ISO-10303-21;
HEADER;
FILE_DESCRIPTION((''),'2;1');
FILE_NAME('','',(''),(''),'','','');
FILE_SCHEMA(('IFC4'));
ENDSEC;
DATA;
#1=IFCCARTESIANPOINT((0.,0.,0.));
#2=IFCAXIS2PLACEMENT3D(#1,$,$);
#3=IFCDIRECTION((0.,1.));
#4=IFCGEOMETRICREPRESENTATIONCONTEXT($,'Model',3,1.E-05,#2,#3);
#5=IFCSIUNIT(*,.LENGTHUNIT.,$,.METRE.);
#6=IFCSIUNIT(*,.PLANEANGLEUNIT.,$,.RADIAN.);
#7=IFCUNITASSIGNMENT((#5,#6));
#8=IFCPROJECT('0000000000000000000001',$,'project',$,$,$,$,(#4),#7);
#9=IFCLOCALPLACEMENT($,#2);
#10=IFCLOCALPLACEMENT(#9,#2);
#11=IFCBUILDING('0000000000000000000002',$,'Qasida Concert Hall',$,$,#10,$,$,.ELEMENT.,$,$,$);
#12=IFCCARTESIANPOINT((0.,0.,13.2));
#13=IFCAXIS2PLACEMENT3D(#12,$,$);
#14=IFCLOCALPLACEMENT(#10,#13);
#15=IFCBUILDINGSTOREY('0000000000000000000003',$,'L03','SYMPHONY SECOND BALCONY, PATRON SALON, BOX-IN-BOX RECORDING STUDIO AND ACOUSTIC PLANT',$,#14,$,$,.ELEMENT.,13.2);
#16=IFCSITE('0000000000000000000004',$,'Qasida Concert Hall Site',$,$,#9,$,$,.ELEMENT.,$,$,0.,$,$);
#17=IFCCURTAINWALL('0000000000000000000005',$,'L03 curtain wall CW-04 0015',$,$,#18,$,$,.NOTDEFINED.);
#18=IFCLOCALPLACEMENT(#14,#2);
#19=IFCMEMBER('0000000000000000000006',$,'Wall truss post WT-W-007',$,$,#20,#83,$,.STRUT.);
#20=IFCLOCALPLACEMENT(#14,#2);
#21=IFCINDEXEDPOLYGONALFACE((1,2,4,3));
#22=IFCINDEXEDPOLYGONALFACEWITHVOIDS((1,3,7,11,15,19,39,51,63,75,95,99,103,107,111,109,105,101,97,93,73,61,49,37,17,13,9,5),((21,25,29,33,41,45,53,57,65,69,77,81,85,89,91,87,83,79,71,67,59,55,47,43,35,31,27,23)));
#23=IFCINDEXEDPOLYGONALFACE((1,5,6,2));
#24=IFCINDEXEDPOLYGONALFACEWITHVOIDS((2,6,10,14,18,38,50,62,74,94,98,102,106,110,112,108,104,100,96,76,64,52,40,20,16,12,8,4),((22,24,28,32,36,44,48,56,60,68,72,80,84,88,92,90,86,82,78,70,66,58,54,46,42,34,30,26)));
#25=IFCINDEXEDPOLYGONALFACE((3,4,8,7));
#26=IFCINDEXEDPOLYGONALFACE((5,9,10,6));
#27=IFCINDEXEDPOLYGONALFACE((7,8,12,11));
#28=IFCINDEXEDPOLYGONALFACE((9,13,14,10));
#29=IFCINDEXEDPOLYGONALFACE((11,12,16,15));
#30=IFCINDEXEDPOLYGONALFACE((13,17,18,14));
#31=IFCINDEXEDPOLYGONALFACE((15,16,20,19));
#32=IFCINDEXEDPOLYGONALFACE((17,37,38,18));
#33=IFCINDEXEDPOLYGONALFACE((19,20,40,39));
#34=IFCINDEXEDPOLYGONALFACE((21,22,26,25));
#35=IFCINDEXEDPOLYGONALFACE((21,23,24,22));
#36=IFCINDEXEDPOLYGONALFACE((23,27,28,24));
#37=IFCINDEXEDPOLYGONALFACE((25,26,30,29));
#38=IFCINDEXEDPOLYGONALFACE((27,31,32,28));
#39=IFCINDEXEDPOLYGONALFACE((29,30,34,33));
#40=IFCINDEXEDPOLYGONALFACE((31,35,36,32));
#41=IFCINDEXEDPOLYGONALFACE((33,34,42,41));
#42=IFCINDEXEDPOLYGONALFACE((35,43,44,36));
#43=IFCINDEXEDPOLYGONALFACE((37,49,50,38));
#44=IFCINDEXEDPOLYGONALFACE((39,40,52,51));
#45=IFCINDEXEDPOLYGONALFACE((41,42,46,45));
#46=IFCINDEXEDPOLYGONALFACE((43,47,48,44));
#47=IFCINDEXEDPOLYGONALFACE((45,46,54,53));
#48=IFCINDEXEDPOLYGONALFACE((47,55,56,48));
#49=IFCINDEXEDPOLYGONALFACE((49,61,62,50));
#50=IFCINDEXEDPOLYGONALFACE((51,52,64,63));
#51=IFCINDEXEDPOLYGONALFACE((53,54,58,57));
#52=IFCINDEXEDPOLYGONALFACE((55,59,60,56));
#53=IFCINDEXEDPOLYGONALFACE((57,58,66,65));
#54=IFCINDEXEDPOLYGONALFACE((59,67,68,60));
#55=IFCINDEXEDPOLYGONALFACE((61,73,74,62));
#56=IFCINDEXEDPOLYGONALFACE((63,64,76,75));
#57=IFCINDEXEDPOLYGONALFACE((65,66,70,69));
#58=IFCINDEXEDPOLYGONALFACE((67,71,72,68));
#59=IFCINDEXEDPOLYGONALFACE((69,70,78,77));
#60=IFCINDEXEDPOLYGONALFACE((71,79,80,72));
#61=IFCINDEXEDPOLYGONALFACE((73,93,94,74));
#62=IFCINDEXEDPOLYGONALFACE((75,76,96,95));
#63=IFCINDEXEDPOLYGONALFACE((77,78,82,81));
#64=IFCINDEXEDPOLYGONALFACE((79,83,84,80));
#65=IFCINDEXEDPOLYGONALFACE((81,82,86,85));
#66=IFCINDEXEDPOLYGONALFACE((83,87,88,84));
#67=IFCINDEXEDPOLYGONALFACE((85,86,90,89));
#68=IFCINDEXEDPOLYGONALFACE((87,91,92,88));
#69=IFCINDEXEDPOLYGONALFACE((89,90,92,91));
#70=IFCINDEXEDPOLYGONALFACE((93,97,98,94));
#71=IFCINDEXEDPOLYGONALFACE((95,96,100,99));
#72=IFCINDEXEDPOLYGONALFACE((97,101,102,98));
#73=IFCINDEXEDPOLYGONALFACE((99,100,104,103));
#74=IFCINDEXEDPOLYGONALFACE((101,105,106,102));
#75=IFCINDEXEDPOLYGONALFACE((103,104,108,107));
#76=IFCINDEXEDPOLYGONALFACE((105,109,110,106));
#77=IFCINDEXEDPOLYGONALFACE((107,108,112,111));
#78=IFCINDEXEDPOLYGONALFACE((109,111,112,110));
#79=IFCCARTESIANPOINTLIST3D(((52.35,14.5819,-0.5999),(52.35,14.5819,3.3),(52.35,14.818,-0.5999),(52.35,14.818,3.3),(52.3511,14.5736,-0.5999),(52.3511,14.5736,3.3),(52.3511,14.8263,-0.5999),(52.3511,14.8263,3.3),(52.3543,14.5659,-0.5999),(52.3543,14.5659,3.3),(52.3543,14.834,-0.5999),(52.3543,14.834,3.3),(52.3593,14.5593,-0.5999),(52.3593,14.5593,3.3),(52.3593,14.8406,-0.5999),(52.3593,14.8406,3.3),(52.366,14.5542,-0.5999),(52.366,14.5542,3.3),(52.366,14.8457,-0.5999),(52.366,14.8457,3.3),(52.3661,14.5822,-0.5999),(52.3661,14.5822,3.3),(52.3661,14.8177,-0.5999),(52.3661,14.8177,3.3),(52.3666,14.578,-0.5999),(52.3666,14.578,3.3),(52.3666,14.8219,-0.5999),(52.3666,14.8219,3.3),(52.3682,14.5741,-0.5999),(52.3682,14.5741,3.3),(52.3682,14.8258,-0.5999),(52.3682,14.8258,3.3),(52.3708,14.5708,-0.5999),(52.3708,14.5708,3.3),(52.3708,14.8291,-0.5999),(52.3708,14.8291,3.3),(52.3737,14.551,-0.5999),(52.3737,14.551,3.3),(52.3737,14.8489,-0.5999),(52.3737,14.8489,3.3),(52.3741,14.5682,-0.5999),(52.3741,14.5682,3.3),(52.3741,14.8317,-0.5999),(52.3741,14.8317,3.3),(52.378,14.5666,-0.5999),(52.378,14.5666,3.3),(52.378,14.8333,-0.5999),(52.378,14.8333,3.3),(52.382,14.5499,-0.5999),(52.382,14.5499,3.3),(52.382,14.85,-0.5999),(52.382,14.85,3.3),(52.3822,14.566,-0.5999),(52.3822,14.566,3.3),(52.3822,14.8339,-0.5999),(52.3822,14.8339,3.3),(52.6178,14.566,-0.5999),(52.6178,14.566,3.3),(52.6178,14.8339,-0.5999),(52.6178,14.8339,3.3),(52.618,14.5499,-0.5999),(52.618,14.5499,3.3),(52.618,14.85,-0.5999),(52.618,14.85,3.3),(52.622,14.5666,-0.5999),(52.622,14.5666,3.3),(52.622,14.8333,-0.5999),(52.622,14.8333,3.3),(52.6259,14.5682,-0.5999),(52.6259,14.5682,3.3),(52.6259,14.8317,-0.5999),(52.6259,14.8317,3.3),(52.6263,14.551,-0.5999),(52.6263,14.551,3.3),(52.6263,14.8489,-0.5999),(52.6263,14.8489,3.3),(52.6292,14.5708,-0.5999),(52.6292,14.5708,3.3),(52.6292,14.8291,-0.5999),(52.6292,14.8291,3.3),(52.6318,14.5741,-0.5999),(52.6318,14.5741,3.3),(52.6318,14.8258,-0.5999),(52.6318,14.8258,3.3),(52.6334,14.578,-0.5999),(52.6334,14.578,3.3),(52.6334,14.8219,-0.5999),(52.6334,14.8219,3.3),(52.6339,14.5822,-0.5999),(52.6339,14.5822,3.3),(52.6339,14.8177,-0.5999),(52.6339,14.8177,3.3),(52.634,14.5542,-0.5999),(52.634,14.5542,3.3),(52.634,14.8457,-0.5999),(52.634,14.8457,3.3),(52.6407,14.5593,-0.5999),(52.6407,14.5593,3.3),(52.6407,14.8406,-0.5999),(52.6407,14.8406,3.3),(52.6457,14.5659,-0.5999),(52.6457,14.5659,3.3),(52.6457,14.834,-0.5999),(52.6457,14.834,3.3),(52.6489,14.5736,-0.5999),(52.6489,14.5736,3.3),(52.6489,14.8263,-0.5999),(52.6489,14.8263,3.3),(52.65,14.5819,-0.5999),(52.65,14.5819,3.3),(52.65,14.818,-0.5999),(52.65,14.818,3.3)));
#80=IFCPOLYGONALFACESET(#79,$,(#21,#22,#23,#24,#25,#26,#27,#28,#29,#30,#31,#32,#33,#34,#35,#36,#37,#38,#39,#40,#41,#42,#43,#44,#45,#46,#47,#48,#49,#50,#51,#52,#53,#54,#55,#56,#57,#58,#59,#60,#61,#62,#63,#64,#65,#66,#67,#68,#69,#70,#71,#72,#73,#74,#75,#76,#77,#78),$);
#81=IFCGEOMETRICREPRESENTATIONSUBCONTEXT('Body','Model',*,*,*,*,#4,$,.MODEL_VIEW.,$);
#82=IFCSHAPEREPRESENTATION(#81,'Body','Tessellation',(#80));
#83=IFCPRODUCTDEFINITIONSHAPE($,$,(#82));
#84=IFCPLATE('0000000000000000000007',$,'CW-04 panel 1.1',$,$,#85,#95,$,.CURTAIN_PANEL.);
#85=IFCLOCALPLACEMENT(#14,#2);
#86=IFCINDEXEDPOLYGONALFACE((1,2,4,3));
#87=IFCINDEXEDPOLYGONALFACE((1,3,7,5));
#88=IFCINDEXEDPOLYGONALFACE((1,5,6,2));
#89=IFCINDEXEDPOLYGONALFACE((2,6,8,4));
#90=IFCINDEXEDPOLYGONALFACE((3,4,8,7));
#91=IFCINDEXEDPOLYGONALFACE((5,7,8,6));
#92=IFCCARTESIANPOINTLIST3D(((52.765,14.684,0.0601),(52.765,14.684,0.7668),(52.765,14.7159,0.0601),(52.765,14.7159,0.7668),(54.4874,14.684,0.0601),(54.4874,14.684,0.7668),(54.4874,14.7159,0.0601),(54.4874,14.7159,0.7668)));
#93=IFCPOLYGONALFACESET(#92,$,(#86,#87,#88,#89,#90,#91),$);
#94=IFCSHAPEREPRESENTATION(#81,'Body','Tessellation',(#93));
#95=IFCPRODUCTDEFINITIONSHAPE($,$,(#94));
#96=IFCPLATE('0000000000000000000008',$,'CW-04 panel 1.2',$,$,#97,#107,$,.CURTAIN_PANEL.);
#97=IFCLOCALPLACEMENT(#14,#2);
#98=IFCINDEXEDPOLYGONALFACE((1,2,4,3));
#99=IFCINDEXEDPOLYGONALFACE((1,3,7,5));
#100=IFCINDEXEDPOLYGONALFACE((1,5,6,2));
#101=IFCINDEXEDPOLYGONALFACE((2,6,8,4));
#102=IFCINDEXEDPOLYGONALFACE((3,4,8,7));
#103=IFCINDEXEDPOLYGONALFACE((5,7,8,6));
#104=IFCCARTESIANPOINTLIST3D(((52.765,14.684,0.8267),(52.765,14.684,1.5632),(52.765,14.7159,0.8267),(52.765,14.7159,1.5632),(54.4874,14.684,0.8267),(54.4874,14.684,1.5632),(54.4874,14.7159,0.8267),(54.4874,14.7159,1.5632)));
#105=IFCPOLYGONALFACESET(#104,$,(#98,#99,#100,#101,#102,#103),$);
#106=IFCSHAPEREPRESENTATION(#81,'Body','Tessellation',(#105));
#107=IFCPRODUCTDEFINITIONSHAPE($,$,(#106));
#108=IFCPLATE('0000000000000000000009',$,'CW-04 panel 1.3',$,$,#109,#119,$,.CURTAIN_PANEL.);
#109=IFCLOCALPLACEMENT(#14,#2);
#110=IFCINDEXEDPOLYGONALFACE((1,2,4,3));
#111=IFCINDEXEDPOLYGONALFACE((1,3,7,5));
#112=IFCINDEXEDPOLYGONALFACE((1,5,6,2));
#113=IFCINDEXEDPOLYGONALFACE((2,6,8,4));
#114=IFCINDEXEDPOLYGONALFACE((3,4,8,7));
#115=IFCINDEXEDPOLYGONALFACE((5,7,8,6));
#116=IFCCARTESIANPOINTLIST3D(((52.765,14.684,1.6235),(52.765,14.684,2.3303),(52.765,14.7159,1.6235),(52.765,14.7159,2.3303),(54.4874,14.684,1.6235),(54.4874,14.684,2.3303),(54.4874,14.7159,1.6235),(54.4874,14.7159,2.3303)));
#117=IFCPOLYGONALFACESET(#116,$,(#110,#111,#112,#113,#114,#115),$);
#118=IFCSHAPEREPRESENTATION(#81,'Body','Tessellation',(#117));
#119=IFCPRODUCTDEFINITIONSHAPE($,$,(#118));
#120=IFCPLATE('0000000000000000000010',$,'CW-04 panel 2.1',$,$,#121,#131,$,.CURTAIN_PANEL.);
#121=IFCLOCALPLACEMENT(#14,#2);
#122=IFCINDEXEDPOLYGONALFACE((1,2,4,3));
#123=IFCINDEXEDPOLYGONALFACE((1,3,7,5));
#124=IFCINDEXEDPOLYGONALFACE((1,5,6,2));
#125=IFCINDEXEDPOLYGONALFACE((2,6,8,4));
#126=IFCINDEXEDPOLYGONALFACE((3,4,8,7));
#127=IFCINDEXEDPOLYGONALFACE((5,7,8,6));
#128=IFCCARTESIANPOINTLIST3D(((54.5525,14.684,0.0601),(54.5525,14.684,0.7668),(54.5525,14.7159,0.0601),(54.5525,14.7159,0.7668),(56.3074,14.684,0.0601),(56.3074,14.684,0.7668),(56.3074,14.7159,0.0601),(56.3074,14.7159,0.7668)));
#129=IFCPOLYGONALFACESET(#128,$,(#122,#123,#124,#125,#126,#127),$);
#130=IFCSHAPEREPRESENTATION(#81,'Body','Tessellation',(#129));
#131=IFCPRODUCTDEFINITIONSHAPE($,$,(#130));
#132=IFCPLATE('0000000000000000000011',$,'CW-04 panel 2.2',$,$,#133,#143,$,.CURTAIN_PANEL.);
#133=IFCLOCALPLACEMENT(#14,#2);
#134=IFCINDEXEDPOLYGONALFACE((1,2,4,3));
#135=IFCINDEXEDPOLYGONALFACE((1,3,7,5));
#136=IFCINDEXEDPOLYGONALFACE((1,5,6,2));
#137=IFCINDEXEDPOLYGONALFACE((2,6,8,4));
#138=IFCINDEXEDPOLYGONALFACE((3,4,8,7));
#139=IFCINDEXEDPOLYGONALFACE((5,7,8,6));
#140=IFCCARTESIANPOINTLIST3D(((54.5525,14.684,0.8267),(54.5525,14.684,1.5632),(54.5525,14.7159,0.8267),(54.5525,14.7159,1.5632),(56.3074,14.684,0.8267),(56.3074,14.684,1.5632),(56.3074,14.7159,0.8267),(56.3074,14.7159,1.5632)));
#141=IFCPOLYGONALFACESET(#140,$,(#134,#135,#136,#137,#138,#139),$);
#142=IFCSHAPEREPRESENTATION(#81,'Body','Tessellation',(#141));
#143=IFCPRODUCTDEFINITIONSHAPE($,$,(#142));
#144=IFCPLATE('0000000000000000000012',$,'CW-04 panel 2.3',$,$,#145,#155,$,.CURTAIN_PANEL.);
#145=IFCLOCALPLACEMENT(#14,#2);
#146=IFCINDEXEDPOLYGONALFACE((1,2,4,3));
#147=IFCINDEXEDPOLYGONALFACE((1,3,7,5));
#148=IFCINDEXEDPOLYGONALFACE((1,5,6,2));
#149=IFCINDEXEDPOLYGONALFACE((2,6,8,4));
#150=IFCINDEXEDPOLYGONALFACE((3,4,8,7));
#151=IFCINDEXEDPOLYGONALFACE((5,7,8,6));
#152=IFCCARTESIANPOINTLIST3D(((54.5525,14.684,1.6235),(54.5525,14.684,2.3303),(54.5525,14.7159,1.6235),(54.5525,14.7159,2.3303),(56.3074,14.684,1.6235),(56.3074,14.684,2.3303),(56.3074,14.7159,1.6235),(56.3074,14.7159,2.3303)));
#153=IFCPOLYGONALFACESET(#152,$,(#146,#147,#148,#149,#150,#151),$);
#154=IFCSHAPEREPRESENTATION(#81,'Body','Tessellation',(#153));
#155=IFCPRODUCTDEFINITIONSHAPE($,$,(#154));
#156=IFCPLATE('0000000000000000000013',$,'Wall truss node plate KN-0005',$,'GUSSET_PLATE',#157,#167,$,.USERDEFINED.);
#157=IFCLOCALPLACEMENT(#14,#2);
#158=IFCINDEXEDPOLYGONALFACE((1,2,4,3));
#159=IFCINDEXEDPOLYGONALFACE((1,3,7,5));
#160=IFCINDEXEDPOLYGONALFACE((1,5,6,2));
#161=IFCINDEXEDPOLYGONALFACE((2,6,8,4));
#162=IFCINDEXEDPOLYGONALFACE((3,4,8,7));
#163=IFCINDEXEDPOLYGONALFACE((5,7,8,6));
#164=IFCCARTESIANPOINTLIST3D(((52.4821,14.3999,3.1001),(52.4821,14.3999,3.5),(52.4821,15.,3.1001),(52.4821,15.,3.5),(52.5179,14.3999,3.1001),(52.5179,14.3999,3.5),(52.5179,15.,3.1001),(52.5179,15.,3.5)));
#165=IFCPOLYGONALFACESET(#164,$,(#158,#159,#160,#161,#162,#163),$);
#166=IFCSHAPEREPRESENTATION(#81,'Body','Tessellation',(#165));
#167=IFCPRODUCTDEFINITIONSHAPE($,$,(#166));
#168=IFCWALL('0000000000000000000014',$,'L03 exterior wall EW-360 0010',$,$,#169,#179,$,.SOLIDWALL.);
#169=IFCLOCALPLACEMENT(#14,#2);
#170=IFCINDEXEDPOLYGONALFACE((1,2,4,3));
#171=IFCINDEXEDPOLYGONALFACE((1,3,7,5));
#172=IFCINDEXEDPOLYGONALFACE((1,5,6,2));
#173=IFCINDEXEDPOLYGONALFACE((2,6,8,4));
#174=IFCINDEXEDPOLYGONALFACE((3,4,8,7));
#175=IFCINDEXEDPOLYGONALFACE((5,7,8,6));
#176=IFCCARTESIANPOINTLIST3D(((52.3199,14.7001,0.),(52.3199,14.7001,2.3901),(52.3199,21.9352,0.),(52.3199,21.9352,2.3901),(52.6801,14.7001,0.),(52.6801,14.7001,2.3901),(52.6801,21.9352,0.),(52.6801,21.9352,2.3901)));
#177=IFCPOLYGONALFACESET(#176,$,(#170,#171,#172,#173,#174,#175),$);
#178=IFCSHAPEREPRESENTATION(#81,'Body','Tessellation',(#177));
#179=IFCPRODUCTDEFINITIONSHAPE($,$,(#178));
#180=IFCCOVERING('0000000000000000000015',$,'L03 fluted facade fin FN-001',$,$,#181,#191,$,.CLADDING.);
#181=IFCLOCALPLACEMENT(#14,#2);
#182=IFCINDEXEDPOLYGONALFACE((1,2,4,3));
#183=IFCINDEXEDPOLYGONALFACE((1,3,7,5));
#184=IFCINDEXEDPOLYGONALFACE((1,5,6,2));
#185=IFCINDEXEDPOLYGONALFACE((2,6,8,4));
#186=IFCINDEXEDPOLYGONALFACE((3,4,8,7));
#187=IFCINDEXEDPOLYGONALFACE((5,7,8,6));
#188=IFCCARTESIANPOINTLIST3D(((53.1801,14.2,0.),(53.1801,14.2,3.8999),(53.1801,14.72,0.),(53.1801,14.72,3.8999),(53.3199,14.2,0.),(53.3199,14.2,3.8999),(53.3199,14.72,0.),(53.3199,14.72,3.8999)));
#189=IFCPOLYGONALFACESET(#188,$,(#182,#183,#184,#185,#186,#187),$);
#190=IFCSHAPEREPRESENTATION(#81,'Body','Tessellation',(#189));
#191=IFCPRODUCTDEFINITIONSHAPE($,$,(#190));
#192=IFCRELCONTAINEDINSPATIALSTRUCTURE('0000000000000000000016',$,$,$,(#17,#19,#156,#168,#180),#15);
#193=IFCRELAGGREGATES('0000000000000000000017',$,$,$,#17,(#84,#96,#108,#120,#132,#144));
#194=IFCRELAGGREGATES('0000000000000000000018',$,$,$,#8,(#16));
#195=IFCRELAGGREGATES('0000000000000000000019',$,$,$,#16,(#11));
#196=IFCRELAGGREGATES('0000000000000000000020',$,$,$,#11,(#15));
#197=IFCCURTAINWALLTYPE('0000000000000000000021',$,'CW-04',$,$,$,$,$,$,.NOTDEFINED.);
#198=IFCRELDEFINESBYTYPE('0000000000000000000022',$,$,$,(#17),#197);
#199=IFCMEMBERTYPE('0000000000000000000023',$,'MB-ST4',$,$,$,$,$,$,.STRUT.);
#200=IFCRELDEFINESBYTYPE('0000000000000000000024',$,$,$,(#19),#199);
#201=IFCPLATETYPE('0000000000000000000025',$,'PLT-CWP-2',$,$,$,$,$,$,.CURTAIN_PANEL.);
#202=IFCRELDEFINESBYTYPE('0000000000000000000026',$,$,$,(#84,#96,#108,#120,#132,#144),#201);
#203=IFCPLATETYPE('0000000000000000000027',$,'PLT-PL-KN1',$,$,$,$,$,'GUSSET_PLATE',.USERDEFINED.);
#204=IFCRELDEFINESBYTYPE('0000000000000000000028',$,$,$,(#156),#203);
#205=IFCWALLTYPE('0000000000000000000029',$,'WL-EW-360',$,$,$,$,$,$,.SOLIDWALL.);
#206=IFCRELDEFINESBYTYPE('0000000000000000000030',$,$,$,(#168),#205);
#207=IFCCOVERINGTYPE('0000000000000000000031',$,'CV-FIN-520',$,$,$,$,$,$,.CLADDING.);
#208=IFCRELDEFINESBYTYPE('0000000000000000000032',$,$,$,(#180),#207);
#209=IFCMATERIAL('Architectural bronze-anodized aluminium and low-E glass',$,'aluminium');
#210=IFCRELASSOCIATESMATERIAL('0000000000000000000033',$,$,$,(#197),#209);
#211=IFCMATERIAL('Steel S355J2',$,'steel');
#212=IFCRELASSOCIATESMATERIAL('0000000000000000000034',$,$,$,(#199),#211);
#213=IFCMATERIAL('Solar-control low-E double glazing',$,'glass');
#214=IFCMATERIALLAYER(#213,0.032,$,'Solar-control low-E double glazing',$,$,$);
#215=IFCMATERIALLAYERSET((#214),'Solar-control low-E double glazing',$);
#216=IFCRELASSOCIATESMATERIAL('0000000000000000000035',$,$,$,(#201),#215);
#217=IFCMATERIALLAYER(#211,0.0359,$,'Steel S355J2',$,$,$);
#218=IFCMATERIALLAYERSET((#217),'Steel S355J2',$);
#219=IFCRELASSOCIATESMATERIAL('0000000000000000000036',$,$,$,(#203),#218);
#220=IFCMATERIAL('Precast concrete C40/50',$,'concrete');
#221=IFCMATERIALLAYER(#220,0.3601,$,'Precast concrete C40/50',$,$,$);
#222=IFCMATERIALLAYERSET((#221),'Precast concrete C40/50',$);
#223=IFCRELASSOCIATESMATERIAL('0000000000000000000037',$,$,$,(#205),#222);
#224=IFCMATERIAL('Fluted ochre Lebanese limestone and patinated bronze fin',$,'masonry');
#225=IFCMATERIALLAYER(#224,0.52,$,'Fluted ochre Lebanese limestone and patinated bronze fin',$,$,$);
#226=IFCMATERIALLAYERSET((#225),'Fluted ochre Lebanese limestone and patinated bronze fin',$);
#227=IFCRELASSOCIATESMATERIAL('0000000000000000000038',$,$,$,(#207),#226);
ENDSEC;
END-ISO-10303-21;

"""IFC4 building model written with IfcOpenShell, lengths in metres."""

from ifc_helpers import new_model, si_unit, direction, frame, frame_2d, origin, origin_2d, place, context, subcontext, project, spatial, rectangle, hollow_rectangle, extrude, material, layer, layer_set, material_profile, profile_set, type_object, element, aggregate, save


model = new_model("IFC4")

# Units and contexts
model_context = context("Model", 3, precision=1e-05, world=origin(), true_north=direction((0.0, 1.0)))
body_context = subcontext(model_context, "Body", "Model", "MODEL_VIEW")
ifc_project = project(units=[si_unit("LENGTHUNIT", "METRE"), si_unit("PLANEANGLEUNIT", "RADIAN")], contexts=[model_context])

# Site, building, storey
site_placement = place(None, origin())
site = spatial("IfcSite", under=ifc_project, at=site_placement, Name="Qasida Concert Hall Site", CompositionType="ELEMENT", RefElevation=0.0)
building_placement = place(site_placement, origin())
building = spatial("IfcBuilding", under=site, at=building_placement, Name="Qasida Concert Hall", CompositionType="ELEMENT")
storey_placement = place(building_placement, frame((0.0, 0.0, 13.2)))
storey = spatial("IfcBuildingStorey", under=building, at=storey_placement, Name="L03", Description="SYMPHONY SECOND BALCONY, PATRON SALON, BOX-IN-BOX RECORDING STUDIO AND ACOUSTIC PLANT", CompositionType="ELEMENT", Elevation=13.2)

# Shared definitions
ifc_material_1 = material(Name="Steel S355J2", Category="steel")

# Curtain wall
ifc_material_2 = material(Name="Architectural bronze-anodized aluminium and low-E glass", Category="aluminium")
curtain_wall_type = type_object("IfcCurtainWallType", Name="CW-04", PredefinedType="NOTDEFINED", material=ifc_material_2)
curtain_wall_placement = place(storey_placement, origin())
curtain_wall = element("IfcCurtainWall", 1, at=curtain_wall_placement, inside=storey, type_object=curtain_wall_type, Name="L03 curtain wall CW-04 0015", PredefinedType="NOTDEFINED")

# Member
ifc_material_profile_1 = material_profile(ifc_material_1, hollow_rectangle(XDim=0.3, YDim=0.3, WallThickness=0.0161, InnerFilletRadius=0.0161, OuterFilletRadius=0.032, at=origin_2d()), Name="SHS 300x300x16")
ifc_profile_set_1 = profile_set([ifc_material_profile_1], Name="Steel S355J2")
member_type_1 = type_object("IfcMemberType", Name="MB-ST4", PredefinedType="STRUT", material=ifc_profile_set_1)
member_1_placement = place(storey_placement, frame((52.5, 14.7, -0.5999), z_axis=(0.0, 0.0, 1.0), x_axis=(1.0, 0.0, 0.0)))
element("IfcMember", 2, at=member_1_placement, inside=storey, type_object=member_type_1, Name="Wall truss post WT-W-007", PredefinedType="STRUT", context=body_context, shape_type="SweptSolid", body=[
    extrude(hollow_rectangle(XDim=0.3, YDim=0.3, WallThickness=0.0161, InnerFilletRadius=0.0161, OuterFilletRadius=0.032, at=origin_2d()), origin(), (0.0, 0.0, 1.0), 3.8999),
])

# Plates
ifc_material_3 = material(Name="Solar-control low-E double glazing", Category="glass")
ifc_layer_1 = layer(ifc_material_3, 0.032, Name="Solar-control low-E double glazing")
ifc_layer_set_1 = layer_set([ifc_layer_1], Name="Solar-control low-E double glazing")
plate_type_1 = type_object("IfcPlateType", Name="PLT-CWP-2", PredefinedType="CURTAIN_PANEL", material=ifc_layer_set_1)
plate_1_placement = place(storey_placement, frame((53.6262, 14.7, 0.0601), z_axis=(0.0, 0.0, 1.0), x_axis=(1.0, 0.0, 0.0)))
plate_1 = element("IfcPlate", 3, at=plate_1_placement, type_object=plate_type_1, Name="CW-04 panel 1.1", PredefinedType="CURTAIN_PANEL", context=body_context, shape_type="SweptSolid", body=[
    extrude(rectangle(XDim=1.7224, YDim=0.032, at=origin_2d()), origin(), (0.0, 0.0, 1.0), 0.7068),
])
plate_2_placement = place(storey_placement, frame((53.6262, 14.7, 0.8267), z_axis=(0.0, 0.0, 1.0), x_axis=(1.0, 0.0, 0.0)))
plate_2 = element("IfcPlate", 4, at=plate_2_placement, type_object=plate_type_1, Name="CW-04 panel 1.2", PredefinedType="CURTAIN_PANEL", context=body_context, shape_type="SweptSolid", body=[
    extrude(rectangle(XDim=1.7224, YDim=0.032, at=origin_2d()), origin(), (0.0, 0.0, 1.0), 0.7366),
])
plate_3_placement = place(storey_placement, frame((53.6262, 14.7, 1.6235), z_axis=(0.0, 0.0, 1.0), x_axis=(1.0, 0.0, 0.0)))
plate_3 = element("IfcPlate", 5, at=plate_3_placement, type_object=plate_type_1, Name="CW-04 panel 1.3", PredefinedType="CURTAIN_PANEL", context=body_context, shape_type="SweptSolid", body=[
    extrude(rectangle(XDim=1.7224, YDim=0.032, at=origin_2d()), origin(), (0.0, 0.0, 1.0), 0.7068),
])
plate_4_placement = place(storey_placement, frame((55.4299, 14.7, 0.0601), z_axis=(0.0, 0.0, 1.0), x_axis=(1.0, 0.0, 0.0)))
plate_4 = element("IfcPlate", 6, at=plate_4_placement, type_object=plate_type_1, Name="CW-04 panel 2.1", PredefinedType="CURTAIN_PANEL", context=body_context, shape_type="SweptSolid", body=[
    extrude(rectangle(XDim=1.7549, YDim=0.032, at=origin_2d()), origin(), (0.0, 0.0, 1.0), 0.7068),
])
plate_5_placement = place(storey_placement, frame((55.4299, 14.7, 0.8267), z_axis=(0.0, 0.0, 1.0), x_axis=(1.0, 0.0, 0.0)))
plate_5 = element("IfcPlate", 7, at=plate_5_placement, type_object=plate_type_1, Name="CW-04 panel 2.2", PredefinedType="CURTAIN_PANEL", context=body_context, shape_type="SweptSolid", body=[
    extrude(rectangle(XDim=1.7549, YDim=0.032, at=origin_2d()), origin(), (0.0, 0.0, 1.0), 0.7366),
])
plate_6_placement = place(storey_placement, frame((55.4299, 14.7, 1.6235), z_axis=(0.0, 0.0, 1.0), x_axis=(1.0, 0.0, 0.0)))
plate_6 = element("IfcPlate", 8, at=plate_6_placement, type_object=plate_type_1, Name="CW-04 panel 2.3", PredefinedType="CURTAIN_PANEL", context=body_context, shape_type="SweptSolid", body=[
    extrude(rectangle(XDim=1.7549, YDim=0.032, at=origin_2d()), origin(), (0.0, 0.0, 1.0), 0.7068),
])
aggregate(curtain_wall, [plate_1, plate_2, plate_3, plate_4, plate_5, plate_6])
ifc_layer_2 = layer(ifc_material_1, 0.0359, Name="Steel S355J2")
ifc_layer_set_2 = layer_set([ifc_layer_2], Name="Steel S355J2")
plate_type_2 = type_object("IfcPlateType", Name="PLT-PL-KN1", ElementType="GUSSET_PLATE", PredefinedType="USERDEFINED", material=ifc_layer_set_2)
plate_7_placement = place(storey_placement, frame((52.5, 14.7, 3.1001), z_axis=(0.0, 0.0, 1.0), x_axis=(1.0, 0.0, 0.0)))
element("IfcPlate", 9, at=plate_7_placement, inside=storey, type_object=plate_type_2, Name="Wall truss node plate KN-0005", ObjectType="GUSSET_PLATE", PredefinedType="USERDEFINED", context=body_context, shape_type="SweptSolid", body=[
    extrude(rectangle(XDim=0.0359, YDim=0.6001, at=origin_2d()), origin(), (0.0, 0.0, 1.0), 0.3999),
])

# Wall
ifc_material_4 = material(Name="Precast concrete C40/50", Category="concrete")
ifc_layer_3 = layer(ifc_material_4, 0.3601, Name="Precast concrete C40/50")
ifc_layer_set_3 = layer_set([ifc_layer_3], Name="Precast concrete C40/50")
wall_type = type_object("IfcWallType", Name="WL-EW-360", PredefinedType="SOLIDWALL", material=ifc_layer_set_3)
wall_placement = place(storey_placement, frame((52.5, 14.7, 0.0), z_axis=(0.0, 0.0, 1.0), x_axis=(0.0, 1.0, 0.0)))
element("IfcWall", 10, at=wall_placement, inside=storey, type_object=wall_type, Name="L03 exterior wall EW-360 0010", PredefinedType="SOLIDWALL", context=body_context, shape_type="SweptSolid", body=[
    extrude(rectangle(XDim=7.2351, YDim=0.3601, at=frame_2d((3.6177, 0.0))), origin(), (0.0, 0.0, 1.0), 2.3901),
])

# Covering
ifc_material_5 = material(Name="Fluted ochre Lebanese limestone and patinated bronze fin", Category="masonry")
ifc_layer_4 = layer(ifc_material_5, 0.52, Name="Fluted ochre Lebanese limestone and patinated bronze fin")
ifc_layer_set_4 = layer_set([ifc_layer_4], Name="Fluted ochre Lebanese limestone and patinated bronze fin")
covering_type = type_object("IfcCoveringType", Name="CV-FIN-520", PredefinedType="CLADDING", material=ifc_layer_set_4)
for number, where, z_axis, x_axis, name in (
    (11, (53.25, 14.46, 0.0), (0.0, 0.0, 1.0), (1.0, 0.0, 0.0), "L03 fluted facade fin FN-001"),
):
    element("IfcCovering", number, at=place(storey_placement, frame(where, z_axis=z_axis, x_axis=x_axis)), inside=storey, type_object=covering_type, Name=name, PredefinedType="CLADDING", context=body_context, shape_type="SweptSolid", body=[
        extrude(rectangle(XDim=0.1399, YDim=0.52, at=origin_2d()), origin(), (0.0, 0.0, 1.0), 3.8999),
    ])

save(model, "model.ifc")
